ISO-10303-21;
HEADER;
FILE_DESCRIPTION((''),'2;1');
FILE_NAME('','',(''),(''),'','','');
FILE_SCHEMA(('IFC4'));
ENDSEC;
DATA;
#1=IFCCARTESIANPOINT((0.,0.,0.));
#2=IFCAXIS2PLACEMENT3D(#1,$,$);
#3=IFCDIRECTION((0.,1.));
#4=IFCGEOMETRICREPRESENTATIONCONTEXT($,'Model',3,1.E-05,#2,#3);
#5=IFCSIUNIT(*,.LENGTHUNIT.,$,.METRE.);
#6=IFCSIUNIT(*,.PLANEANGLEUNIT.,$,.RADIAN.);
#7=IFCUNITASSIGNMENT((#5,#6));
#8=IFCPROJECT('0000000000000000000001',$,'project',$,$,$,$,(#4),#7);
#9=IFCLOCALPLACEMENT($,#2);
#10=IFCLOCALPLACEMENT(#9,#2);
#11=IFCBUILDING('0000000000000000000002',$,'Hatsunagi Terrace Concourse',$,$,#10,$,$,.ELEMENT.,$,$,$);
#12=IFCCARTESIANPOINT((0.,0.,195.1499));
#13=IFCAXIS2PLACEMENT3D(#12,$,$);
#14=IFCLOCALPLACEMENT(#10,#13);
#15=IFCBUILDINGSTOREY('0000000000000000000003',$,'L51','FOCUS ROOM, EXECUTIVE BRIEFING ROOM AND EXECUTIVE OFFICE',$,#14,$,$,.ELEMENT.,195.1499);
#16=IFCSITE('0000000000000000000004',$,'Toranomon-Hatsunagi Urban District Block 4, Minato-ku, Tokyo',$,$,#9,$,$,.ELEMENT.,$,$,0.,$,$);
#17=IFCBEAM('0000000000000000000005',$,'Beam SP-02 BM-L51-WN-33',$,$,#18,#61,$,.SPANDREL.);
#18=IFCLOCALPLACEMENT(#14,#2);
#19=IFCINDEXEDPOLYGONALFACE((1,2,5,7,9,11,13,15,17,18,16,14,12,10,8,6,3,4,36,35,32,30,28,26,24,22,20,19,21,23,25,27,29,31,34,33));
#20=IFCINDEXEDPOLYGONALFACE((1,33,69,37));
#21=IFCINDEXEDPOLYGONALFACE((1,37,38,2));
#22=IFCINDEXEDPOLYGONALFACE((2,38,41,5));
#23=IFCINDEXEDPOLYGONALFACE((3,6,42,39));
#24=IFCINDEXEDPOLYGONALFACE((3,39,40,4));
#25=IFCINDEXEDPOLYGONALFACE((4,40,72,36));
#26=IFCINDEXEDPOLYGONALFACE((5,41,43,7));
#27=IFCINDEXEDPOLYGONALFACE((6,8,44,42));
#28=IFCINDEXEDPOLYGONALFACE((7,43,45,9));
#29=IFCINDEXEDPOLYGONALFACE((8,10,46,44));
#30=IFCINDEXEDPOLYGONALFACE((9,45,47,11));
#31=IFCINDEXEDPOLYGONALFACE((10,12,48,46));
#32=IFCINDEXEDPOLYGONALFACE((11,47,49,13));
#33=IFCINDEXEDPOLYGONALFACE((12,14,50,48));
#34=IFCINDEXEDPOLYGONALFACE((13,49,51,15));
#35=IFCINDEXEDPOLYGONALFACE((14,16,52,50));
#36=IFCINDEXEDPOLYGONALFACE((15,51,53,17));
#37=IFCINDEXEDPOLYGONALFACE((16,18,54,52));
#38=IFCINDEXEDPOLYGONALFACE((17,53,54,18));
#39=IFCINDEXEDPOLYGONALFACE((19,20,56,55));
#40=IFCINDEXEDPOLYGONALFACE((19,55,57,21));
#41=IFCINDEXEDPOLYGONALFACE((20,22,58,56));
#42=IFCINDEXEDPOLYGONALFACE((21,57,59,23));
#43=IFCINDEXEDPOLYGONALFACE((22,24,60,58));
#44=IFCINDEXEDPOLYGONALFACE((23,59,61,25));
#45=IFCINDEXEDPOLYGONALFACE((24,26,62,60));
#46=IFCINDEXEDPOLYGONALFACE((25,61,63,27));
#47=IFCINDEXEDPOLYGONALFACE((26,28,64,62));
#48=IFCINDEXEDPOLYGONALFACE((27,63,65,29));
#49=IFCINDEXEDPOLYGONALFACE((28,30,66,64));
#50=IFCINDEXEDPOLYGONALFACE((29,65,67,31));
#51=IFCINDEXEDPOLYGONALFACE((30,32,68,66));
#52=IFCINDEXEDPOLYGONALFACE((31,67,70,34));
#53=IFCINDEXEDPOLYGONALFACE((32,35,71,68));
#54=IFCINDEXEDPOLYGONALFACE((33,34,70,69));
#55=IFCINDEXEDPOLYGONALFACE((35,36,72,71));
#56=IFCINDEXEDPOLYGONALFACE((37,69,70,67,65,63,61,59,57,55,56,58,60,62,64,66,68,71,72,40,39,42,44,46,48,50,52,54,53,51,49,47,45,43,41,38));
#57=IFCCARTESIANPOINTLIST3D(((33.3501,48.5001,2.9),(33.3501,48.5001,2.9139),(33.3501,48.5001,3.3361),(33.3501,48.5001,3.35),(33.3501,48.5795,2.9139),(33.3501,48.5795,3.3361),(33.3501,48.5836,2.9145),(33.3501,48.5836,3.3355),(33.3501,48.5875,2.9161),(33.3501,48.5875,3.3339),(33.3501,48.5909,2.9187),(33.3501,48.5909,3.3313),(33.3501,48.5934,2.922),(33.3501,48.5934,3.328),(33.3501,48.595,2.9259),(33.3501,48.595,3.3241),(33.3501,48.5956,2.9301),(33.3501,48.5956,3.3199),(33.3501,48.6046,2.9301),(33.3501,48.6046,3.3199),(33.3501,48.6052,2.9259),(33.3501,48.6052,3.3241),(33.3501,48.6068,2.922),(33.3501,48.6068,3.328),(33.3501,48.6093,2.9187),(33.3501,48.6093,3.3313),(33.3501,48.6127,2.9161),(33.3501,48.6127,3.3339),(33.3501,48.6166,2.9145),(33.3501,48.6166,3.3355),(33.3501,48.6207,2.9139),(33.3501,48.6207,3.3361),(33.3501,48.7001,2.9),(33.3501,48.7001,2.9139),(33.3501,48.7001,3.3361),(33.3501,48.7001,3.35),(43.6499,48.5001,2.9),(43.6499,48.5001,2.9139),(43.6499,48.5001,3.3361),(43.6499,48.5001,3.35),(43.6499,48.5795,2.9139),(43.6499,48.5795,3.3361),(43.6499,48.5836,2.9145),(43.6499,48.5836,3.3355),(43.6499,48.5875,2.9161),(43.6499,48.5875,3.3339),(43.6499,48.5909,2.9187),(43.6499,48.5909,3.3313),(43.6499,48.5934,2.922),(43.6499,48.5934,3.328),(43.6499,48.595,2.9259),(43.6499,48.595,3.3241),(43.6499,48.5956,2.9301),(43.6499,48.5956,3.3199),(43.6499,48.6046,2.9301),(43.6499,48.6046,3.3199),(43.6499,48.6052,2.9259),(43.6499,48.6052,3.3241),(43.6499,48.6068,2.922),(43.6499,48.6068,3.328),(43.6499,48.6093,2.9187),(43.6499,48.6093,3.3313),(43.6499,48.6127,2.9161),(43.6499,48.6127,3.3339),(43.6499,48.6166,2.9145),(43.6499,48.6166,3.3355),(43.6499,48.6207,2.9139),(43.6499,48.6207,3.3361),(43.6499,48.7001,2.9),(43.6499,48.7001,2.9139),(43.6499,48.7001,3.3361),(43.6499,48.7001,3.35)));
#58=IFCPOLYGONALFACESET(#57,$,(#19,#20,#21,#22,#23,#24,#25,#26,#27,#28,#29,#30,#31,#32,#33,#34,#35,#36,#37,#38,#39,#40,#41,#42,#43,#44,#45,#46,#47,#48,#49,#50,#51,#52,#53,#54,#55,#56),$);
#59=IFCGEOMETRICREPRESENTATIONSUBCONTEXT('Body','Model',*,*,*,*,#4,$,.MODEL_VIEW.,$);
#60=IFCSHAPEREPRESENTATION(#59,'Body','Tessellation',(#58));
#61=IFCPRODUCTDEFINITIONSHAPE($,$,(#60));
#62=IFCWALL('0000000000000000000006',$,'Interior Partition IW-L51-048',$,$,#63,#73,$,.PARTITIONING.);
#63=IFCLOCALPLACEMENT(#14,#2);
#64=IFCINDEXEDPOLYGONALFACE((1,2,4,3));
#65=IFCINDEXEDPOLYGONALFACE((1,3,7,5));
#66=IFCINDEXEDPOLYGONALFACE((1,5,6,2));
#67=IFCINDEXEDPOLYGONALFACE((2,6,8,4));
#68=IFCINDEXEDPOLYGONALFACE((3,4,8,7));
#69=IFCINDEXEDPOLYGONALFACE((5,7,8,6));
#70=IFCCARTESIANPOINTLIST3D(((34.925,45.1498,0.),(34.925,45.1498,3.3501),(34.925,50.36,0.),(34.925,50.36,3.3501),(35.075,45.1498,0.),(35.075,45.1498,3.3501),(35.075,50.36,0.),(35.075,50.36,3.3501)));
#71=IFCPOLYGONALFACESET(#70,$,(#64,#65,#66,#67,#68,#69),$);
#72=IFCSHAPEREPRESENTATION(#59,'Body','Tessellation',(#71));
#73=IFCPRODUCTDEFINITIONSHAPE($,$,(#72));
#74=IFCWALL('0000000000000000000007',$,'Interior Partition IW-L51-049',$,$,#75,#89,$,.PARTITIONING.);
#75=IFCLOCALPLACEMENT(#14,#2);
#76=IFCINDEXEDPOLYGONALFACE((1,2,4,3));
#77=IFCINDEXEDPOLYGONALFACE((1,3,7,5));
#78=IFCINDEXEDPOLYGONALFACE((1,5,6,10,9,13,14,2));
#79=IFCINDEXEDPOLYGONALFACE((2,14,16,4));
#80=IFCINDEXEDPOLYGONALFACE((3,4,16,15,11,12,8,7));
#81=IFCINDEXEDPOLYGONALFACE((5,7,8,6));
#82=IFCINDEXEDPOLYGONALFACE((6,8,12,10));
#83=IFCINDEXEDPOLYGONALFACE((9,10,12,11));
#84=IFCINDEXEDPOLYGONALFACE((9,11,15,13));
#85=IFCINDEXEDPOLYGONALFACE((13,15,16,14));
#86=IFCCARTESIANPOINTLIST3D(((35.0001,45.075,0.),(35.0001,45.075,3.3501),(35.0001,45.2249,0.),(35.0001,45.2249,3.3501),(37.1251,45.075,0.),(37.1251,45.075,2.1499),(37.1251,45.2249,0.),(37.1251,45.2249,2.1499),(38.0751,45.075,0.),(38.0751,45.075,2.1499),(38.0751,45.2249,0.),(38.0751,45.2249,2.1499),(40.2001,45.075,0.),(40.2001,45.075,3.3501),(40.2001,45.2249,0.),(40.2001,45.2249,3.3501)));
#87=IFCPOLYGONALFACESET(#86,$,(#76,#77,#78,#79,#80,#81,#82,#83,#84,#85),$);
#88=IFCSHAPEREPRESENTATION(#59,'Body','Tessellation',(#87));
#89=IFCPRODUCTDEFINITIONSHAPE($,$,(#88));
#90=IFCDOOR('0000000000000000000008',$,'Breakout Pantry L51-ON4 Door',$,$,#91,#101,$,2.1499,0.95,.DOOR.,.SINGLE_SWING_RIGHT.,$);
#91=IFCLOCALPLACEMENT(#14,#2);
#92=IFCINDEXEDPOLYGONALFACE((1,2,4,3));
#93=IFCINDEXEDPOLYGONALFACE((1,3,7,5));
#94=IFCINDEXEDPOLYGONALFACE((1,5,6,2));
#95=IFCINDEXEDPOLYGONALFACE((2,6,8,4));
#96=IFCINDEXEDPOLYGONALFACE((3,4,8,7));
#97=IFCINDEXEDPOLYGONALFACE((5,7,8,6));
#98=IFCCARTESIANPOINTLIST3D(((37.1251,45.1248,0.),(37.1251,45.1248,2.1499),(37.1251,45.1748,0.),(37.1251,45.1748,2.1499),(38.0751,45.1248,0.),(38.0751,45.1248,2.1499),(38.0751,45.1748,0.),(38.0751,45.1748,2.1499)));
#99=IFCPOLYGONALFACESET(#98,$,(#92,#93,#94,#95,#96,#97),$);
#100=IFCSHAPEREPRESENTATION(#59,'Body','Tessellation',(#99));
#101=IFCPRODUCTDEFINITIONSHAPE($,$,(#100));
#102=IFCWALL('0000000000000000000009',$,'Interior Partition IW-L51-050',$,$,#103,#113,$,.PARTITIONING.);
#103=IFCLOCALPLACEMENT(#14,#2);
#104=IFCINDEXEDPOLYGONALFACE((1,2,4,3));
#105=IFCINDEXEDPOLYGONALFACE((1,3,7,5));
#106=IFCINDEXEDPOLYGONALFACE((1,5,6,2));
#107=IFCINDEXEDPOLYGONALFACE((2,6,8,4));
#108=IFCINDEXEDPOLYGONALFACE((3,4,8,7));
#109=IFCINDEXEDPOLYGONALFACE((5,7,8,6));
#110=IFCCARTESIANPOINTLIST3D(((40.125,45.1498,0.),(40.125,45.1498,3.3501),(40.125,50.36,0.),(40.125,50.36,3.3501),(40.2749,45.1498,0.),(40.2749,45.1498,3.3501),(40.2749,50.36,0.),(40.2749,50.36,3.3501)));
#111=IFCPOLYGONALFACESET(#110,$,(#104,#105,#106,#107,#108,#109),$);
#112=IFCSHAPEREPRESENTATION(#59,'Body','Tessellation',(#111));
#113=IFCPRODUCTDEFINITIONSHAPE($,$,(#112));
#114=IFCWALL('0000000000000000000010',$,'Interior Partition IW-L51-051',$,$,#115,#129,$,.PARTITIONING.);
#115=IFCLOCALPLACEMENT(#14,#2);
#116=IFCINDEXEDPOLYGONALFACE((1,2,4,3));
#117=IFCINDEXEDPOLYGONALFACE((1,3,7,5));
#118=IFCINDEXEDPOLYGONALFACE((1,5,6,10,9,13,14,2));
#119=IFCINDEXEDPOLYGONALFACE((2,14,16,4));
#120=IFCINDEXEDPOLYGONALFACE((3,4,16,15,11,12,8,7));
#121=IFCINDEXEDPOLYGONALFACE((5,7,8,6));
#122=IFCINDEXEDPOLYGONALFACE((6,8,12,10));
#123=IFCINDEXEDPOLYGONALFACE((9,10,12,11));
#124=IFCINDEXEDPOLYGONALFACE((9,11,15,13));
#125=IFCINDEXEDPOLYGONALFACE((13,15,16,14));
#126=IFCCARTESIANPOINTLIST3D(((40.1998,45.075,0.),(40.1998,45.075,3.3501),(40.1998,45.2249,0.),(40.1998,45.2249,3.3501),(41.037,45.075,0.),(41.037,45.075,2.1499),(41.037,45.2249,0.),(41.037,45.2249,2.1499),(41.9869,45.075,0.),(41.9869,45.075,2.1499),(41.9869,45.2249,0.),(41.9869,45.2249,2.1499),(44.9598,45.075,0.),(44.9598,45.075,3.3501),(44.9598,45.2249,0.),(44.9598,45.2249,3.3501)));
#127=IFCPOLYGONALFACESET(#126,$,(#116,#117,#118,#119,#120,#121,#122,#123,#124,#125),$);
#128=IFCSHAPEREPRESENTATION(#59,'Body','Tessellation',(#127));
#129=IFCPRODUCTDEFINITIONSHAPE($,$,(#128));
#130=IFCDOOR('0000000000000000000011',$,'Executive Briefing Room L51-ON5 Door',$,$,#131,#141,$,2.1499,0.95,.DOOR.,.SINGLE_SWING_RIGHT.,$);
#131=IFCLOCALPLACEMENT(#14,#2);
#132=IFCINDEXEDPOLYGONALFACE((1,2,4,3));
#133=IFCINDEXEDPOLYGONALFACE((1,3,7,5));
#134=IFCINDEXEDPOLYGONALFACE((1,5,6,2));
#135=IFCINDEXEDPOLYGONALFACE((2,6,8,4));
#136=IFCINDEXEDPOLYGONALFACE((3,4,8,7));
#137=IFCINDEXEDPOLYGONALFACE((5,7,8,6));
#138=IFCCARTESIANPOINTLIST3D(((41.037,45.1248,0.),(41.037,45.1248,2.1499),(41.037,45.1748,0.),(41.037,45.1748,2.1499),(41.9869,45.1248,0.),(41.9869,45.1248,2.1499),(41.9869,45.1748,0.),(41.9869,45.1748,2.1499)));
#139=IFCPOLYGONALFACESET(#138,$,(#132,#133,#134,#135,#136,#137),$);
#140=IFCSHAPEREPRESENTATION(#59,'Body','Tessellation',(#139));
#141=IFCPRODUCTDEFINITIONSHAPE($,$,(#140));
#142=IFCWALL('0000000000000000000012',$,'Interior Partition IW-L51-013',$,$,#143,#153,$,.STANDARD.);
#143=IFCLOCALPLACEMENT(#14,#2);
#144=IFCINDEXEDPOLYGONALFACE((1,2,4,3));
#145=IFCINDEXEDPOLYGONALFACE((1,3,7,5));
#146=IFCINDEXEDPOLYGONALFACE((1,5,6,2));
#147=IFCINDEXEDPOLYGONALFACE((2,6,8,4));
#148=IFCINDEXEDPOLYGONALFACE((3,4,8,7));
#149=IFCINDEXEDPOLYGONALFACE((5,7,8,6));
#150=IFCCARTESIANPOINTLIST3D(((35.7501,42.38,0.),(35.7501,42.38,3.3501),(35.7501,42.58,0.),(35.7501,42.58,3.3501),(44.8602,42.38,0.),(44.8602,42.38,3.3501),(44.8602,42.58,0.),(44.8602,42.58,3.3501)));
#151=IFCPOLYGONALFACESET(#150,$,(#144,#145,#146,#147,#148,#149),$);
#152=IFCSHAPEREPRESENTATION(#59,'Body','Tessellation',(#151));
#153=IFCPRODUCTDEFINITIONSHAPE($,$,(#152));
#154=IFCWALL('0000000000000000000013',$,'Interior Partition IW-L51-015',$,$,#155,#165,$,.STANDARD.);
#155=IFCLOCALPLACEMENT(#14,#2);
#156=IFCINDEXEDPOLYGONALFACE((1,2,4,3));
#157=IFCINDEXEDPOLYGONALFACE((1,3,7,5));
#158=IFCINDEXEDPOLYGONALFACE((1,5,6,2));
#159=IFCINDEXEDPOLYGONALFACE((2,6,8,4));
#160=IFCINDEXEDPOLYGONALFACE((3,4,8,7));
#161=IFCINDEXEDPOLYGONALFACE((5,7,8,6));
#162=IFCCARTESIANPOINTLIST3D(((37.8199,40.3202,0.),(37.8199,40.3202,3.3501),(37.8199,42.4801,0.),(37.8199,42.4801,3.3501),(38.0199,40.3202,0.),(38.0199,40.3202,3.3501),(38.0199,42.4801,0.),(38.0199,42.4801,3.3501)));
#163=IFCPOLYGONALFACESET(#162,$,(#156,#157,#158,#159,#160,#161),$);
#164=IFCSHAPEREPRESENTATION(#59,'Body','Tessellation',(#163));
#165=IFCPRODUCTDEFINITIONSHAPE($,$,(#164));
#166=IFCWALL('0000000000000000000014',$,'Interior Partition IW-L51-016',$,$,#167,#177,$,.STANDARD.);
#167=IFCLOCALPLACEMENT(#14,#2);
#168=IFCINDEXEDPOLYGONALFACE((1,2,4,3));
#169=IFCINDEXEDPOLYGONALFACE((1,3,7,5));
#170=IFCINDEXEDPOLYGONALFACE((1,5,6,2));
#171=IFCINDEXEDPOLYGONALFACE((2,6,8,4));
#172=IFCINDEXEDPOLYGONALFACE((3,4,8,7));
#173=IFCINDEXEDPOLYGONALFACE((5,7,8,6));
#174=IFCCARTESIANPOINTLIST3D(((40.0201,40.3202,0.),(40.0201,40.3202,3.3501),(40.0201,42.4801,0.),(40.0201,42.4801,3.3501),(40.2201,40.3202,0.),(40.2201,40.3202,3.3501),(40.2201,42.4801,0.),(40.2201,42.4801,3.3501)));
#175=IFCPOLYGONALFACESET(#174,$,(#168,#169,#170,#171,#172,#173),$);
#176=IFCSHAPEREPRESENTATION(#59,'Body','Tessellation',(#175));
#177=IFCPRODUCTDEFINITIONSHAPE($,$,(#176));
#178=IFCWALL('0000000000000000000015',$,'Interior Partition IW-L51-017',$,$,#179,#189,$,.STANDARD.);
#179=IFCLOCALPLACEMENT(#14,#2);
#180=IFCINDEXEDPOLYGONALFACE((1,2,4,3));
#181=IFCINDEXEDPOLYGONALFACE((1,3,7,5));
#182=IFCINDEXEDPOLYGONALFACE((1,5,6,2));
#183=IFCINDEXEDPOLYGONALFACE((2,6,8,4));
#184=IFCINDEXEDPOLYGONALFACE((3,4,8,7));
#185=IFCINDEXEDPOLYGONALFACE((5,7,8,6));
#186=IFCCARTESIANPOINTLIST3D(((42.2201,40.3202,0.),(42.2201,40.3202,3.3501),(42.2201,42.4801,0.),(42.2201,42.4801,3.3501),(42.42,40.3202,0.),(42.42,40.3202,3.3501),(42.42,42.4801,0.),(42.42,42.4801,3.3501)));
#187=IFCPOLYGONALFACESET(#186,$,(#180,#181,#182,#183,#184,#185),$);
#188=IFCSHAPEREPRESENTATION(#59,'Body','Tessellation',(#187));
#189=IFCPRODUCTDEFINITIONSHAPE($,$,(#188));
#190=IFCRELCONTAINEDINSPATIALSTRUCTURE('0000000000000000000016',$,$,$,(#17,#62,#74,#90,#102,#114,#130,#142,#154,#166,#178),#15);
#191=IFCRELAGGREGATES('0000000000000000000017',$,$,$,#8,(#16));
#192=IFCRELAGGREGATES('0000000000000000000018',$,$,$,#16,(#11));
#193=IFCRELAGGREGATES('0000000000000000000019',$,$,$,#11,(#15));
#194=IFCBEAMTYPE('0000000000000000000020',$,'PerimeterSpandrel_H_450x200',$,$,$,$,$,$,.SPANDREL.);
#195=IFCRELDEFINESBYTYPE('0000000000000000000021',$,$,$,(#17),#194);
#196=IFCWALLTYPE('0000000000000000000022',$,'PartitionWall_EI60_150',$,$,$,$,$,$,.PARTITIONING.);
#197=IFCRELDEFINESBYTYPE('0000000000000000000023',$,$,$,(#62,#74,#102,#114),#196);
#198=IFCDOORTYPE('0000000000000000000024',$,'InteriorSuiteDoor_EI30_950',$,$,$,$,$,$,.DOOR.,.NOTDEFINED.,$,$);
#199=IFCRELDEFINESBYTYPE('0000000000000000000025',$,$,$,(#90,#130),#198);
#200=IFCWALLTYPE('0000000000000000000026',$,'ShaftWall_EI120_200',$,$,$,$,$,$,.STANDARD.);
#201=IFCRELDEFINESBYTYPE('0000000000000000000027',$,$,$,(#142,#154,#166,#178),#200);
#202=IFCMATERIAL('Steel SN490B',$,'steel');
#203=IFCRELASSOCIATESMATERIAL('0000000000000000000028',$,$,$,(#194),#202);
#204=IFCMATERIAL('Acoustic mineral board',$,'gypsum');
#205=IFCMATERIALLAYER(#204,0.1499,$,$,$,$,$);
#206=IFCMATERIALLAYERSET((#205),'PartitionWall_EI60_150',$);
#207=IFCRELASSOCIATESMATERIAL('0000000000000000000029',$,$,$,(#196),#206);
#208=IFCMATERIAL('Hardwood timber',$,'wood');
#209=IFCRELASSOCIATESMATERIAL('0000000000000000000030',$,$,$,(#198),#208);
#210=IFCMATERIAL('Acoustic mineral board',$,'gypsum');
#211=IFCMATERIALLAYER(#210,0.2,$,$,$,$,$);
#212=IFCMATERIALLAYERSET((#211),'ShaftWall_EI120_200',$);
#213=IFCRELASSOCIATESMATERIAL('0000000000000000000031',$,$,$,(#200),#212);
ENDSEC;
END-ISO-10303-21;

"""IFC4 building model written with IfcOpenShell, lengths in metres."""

from ifc_helpers import new_model, si_unit, direction, frame, frame_2d, origin, origin_2d, place, context, subcontext, project, spatial, rectangle, i_section, extrude, material, layer, layer_set, material_profile, profile_set, type_object, element, fill, save


model = new_model("IFC4")

# Units and contexts
model_context = context("Model", 3, precision=1e-05, world=origin(), true_north=direction((0.0, 1.0)))
body_context = subcontext(model_context, "Body", "Model", "MODEL_VIEW")
ifc_project = project(units=[si_unit("LENGTHUNIT", "METRE"), si_unit("PLANEANGLEUNIT", "RADIAN")], contexts=[model_context])

# Site, building, storey
site_placement = place(None, origin())
site = spatial("IfcSite", under=ifc_project, at=site_placement, Name="Toranomon-Hatsunagi Urban District Block 4, Minato-ku, Tokyo", CompositionType="ELEMENT", RefElevation=0.0)
building_placement = place(site_placement, origin())
building = spatial("IfcBuilding", under=site, at=building_placement, Name="Hatsunagi Terrace Concourse", CompositionType="ELEMENT")
storey_placement = place(building_placement, frame((0.0, 0.0, 195.1499)))
storey = spatial("IfcBuildingStorey", under=building, at=storey_placement, Name="L51", Description="FOCUS ROOM, EXECUTIVE BRIEFING ROOM AND EXECUTIVE OFFICE", CompositionType="ELEMENT", Elevation=195.1499)

# Beam
ifc_material_1 = material(Name="Steel SN490B", Category="steel")
ifc_material_profile_1 = material_profile(ifc_material_1, i_section(OverallWidth=0.2, OverallDepth=0.45, WebThickness=0.009, FlangeThickness=0.0139, FilletRadius=0.0161, at=origin_2d()), Name="H-450x200x9x14")
ifc_profile_set_1 = profile_set([ifc_material_profile_1], Name="Steel SN490B")
beam_type_1 = type_object("IfcBeamType", Name="PerimeterSpandrel_H_450x200", PredefinedType="SPANDREL", material=ifc_profile_set_1)
beam_1_placement = place(storey_placement, frame((33.3501, 48.6001, 3.125), z_axis=(1.0, 0.0, 0.0), x_axis=(0.0, 1.0, 0.0)))
element("IfcBeam", 1, at=beam_1_placement, inside=storey, type_object=beam_type_1, Name="Beam SP-02 BM-L51-WN-33", PredefinedType="SPANDREL", context=body_context, shape_type="SweptSolid", body=[
    extrude(i_section(OverallWidth=0.2, OverallDepth=0.45, WebThickness=0.009, FlangeThickness=0.0139, FilletRadius=0.0161, at=origin_2d()), origin(), (0.0, 0.0, 1.0), 10.2998),
])

# Wall
ifc_material_2 = material(Name="Acoustic mineral board", Category="gypsum")
ifc_layer_1 = layer(ifc_material_2, 0.1499)
ifc_layer_set_1 = layer_set([ifc_layer_1], Name="PartitionWall_EI60_150")
wall_type_1 = type_object("IfcWallType", Name="PartitionWall_EI60_150", PredefinedType="PARTITIONING", material=ifc_layer_set_1)
wall_1_placement = place(storey_placement, frame((35.0, 45.1499, 0.0), z_axis=(0.0, 0.0, 1.0), x_axis=(0.0, 1.0, 0.0)))
element("IfcWall", 2, at=wall_1_placement, inside=storey, type_object=wall_type_1, Name="Interior Partition IW-L51-048", PredefinedType="PARTITIONING", context=body_context, shape_type="SweptSolid", body=[
    extrude(rectangle(XDim=5.2102, YDim=0.1499, at=frame_2d((2.605, 0.0))), origin(), (0.0, 0.0, 1.0), 3.3501),
])

# Wall, opening, door
wall_2_placement = place(storey_placement, frame((35.0, 45.1499, 0.0), z_axis=(0.0, 0.0, 1.0), x_axis=(1.0, 0.0, 0.0)))
wall_2 = element("IfcWall", 3, at=wall_2_placement, inside=storey, type_object=wall_type_1, Name="Interior Partition IW-L51-049", PredefinedType="PARTITIONING", context=body_context, shape_type="SweptSolid", body=[
    extrude(rectangle(XDim=5.2, YDim=0.1499, at=frame_2d((2.6001, 0.0))), origin(), (0.0, 0.0, 1.0), 3.3501),
])
opening_1_placement = place(wall_2_placement, frame((2.125, 0.0, 0.0)))
opening_1 = element("IfcOpeningElement", 4, at=opening_1_placement, cuts=wall_2, PredefinedType="OPENING", context=body_context, shape_type="SweptSolid", body=[
    extrude(rectangle(XDim=0.95, YDim=2.1499, at=frame_2d((0.4751, 1.075))), frame((0.0, 0.085, 0.0), z_axis=(0.0, -1.0, 0.0), x_axis=(1.0, 0.0, 0.0)), (0.0, 0.0, 1.0), 0.1699),
])
ifc_material_3 = material(Name="Hardwood timber", Category="wood")
door_type_1 = type_object("IfcDoorType", Name="InteriorSuiteDoor_EI30_950", OperationType="NOTDEFINED", PredefinedType="DOOR", material=ifc_material_3)
door_1_placement = place(opening_1_placement, origin())
door_1 = element("IfcDoor", 5, at=door_1_placement, inside=storey, type_object=door_type_1, Name="Breakout Pantry L51-ON4 Door", OperationType="SINGLE_SWING_RIGHT", OverallHeight=2.1499, OverallWidth=0.95, PredefinedType="DOOR", context=body_context, shape_type="SweptSolid", body=[
    extrude(rectangle(XDim=0.95, YDim=2.1499, at=frame_2d((0.4751, 1.075))), frame((0.0, 0.0249, 0.0), z_axis=(0.0, -1.0, 0.0), x_axis=(1.0, 0.0, 0.0)), (0.0, 0.0, 1.0), 0.05),
])
fill(opening_1, door_1)

# Wall
wall_3_placement = place(storey_placement, frame((40.2, 45.1499, 0.0), z_axis=(0.0, 0.0, 1.0), x_axis=(0.0, 1.0, 0.0)))
element("IfcWall", 6, at=wall_3_placement, inside=storey, type_object=wall_type_1, Name="Interior Partition IW-L51-050", PredefinedType="PARTITIONING", context=body_context, shape_type="SweptSolid", body=[
    extrude(rectangle(XDim=5.2102, YDim=0.1499, at=frame_2d((2.605, 0.0))), origin(), (0.0, 0.0, 1.0), 3.3501),
])

# Wall, opening, door
wall_4_placement = place(storey_placement, frame((40.2, 45.1499, 0.0), z_axis=(0.0, 0.0, 1.0), x_axis=(1.0, 0.0, 0.0)))
wall_4 = element("IfcWall", 7, at=wall_4_placement, inside=storey, type_object=wall_type_1, Name="Interior Partition IW-L51-051", PredefinedType="PARTITIONING", context=body_context, shape_type="SweptSolid", body=[
    extrude(rectangle(XDim=4.76, YDim=0.1499, at=frame_2d((2.3799, 0.0))), origin(), (0.0, 0.0, 1.0), 3.3501),
])
opening_2_placement = place(wall_4_placement, frame((0.8369, 0.0, 0.0)))
opening_2 = element("IfcOpeningElement", 8, at=opening_2_placement, cuts=wall_4, PredefinedType="OPENING", context=body_context, shape_type="SweptSolid", body=[
    extrude(rectangle(XDim=0.95, YDim=2.1499, at=frame_2d((0.4751, 1.075))), frame((0.0, 0.085, 0.0), z_axis=(0.0, -1.0, 0.0), x_axis=(1.0, 0.0, 0.0)), (0.0, 0.0, 1.0), 0.1699),
])
door_2_placement = place(opening_2_placement, origin())
door_2 = element("IfcDoor", 9, at=door_2_placement, inside=storey, type_object=door_type_1, Name="Executive Briefing Room L51-ON5 Door", OperationType="SINGLE_SWING_RIGHT", OverallHeight=2.1499, OverallWidth=0.95, PredefinedType="DOOR", context=body_context, shape_type="SweptSolid", body=[
    extrude(rectangle(XDim=0.95, YDim=2.1499, at=frame_2d((0.4751, 1.075))), frame((0.0, 0.0249, 0.0), z_axis=(0.0, -1.0, 0.0), x_axis=(1.0, 0.0, 0.0)), (0.0, 0.0, 1.0), 0.05),
])
fill(opening_2, door_2)

# Walls
ifc_material_4 = material(Name="Acoustic mineral board", Category="gypsum")
ifc_layer_2 = layer(ifc_material_4, 0.2)
ifc_layer_set_2 = layer_set([ifc_layer_2], Name="ShaftWall_EI120_200")
wall_type_2 = type_object("IfcWallType", Name="ShaftWall_EI120_200", PredefinedType="STANDARD", material=ifc_layer_set_2)
wall_5_placement = place(storey_placement, frame((35.75, 42.48, 0.0), z_axis=(0.0, 0.0, 1.0), x_axis=(1.0, 0.0, 0.0)))
element("IfcWall", 10, at=wall_5_placement, inside=storey, type_object=wall_type_2, Name="Interior Partition IW-L51-013", PredefinedType="STANDARD", context=body_context, shape_type="SweptSolid", body=[
    extrude(rectangle(XDim=9.1101, YDim=0.2, at=frame_2d((4.5552, 0.0))), origin(), (0.0, 0.0, 1.0), 3.3501),
])
for number, where, z_axis, x_axis, name in (
    (11, (37.9199, 40.3201, 0.0), (0.0, 0.0, 1.0), (0.0, 1.0, 0.0), "Interior Partition IW-L51-015"),
    (12, (40.1201, 40.3201, 0.0), (0.0, 0.0, 1.0), (0.0, 1.0, 0.0), "Interior Partition IW-L51-016"),
    (13, (42.3201, 40.3201, 0.0), (0.0, 0.0, 1.0), (0.0, 1.0, 0.0), "Interior Partition IW-L51-017"),
):
    element("IfcWall", number, at=place(storey_placement, frame(where, z_axis=z_axis, x_axis=x_axis)), inside=storey, type_object=wall_type_2, Name=name, PredefinedType="STANDARD", context=body_context, shape_type="SweptSolid", body=[
        extrude(rectangle(XDim=2.1599, YDim=0.2, at=frame_2d((1.0801, 0.0))), origin(), (0.0, 0.0, 1.0), 3.3501),
    ])

save(model, "model.ifc")
